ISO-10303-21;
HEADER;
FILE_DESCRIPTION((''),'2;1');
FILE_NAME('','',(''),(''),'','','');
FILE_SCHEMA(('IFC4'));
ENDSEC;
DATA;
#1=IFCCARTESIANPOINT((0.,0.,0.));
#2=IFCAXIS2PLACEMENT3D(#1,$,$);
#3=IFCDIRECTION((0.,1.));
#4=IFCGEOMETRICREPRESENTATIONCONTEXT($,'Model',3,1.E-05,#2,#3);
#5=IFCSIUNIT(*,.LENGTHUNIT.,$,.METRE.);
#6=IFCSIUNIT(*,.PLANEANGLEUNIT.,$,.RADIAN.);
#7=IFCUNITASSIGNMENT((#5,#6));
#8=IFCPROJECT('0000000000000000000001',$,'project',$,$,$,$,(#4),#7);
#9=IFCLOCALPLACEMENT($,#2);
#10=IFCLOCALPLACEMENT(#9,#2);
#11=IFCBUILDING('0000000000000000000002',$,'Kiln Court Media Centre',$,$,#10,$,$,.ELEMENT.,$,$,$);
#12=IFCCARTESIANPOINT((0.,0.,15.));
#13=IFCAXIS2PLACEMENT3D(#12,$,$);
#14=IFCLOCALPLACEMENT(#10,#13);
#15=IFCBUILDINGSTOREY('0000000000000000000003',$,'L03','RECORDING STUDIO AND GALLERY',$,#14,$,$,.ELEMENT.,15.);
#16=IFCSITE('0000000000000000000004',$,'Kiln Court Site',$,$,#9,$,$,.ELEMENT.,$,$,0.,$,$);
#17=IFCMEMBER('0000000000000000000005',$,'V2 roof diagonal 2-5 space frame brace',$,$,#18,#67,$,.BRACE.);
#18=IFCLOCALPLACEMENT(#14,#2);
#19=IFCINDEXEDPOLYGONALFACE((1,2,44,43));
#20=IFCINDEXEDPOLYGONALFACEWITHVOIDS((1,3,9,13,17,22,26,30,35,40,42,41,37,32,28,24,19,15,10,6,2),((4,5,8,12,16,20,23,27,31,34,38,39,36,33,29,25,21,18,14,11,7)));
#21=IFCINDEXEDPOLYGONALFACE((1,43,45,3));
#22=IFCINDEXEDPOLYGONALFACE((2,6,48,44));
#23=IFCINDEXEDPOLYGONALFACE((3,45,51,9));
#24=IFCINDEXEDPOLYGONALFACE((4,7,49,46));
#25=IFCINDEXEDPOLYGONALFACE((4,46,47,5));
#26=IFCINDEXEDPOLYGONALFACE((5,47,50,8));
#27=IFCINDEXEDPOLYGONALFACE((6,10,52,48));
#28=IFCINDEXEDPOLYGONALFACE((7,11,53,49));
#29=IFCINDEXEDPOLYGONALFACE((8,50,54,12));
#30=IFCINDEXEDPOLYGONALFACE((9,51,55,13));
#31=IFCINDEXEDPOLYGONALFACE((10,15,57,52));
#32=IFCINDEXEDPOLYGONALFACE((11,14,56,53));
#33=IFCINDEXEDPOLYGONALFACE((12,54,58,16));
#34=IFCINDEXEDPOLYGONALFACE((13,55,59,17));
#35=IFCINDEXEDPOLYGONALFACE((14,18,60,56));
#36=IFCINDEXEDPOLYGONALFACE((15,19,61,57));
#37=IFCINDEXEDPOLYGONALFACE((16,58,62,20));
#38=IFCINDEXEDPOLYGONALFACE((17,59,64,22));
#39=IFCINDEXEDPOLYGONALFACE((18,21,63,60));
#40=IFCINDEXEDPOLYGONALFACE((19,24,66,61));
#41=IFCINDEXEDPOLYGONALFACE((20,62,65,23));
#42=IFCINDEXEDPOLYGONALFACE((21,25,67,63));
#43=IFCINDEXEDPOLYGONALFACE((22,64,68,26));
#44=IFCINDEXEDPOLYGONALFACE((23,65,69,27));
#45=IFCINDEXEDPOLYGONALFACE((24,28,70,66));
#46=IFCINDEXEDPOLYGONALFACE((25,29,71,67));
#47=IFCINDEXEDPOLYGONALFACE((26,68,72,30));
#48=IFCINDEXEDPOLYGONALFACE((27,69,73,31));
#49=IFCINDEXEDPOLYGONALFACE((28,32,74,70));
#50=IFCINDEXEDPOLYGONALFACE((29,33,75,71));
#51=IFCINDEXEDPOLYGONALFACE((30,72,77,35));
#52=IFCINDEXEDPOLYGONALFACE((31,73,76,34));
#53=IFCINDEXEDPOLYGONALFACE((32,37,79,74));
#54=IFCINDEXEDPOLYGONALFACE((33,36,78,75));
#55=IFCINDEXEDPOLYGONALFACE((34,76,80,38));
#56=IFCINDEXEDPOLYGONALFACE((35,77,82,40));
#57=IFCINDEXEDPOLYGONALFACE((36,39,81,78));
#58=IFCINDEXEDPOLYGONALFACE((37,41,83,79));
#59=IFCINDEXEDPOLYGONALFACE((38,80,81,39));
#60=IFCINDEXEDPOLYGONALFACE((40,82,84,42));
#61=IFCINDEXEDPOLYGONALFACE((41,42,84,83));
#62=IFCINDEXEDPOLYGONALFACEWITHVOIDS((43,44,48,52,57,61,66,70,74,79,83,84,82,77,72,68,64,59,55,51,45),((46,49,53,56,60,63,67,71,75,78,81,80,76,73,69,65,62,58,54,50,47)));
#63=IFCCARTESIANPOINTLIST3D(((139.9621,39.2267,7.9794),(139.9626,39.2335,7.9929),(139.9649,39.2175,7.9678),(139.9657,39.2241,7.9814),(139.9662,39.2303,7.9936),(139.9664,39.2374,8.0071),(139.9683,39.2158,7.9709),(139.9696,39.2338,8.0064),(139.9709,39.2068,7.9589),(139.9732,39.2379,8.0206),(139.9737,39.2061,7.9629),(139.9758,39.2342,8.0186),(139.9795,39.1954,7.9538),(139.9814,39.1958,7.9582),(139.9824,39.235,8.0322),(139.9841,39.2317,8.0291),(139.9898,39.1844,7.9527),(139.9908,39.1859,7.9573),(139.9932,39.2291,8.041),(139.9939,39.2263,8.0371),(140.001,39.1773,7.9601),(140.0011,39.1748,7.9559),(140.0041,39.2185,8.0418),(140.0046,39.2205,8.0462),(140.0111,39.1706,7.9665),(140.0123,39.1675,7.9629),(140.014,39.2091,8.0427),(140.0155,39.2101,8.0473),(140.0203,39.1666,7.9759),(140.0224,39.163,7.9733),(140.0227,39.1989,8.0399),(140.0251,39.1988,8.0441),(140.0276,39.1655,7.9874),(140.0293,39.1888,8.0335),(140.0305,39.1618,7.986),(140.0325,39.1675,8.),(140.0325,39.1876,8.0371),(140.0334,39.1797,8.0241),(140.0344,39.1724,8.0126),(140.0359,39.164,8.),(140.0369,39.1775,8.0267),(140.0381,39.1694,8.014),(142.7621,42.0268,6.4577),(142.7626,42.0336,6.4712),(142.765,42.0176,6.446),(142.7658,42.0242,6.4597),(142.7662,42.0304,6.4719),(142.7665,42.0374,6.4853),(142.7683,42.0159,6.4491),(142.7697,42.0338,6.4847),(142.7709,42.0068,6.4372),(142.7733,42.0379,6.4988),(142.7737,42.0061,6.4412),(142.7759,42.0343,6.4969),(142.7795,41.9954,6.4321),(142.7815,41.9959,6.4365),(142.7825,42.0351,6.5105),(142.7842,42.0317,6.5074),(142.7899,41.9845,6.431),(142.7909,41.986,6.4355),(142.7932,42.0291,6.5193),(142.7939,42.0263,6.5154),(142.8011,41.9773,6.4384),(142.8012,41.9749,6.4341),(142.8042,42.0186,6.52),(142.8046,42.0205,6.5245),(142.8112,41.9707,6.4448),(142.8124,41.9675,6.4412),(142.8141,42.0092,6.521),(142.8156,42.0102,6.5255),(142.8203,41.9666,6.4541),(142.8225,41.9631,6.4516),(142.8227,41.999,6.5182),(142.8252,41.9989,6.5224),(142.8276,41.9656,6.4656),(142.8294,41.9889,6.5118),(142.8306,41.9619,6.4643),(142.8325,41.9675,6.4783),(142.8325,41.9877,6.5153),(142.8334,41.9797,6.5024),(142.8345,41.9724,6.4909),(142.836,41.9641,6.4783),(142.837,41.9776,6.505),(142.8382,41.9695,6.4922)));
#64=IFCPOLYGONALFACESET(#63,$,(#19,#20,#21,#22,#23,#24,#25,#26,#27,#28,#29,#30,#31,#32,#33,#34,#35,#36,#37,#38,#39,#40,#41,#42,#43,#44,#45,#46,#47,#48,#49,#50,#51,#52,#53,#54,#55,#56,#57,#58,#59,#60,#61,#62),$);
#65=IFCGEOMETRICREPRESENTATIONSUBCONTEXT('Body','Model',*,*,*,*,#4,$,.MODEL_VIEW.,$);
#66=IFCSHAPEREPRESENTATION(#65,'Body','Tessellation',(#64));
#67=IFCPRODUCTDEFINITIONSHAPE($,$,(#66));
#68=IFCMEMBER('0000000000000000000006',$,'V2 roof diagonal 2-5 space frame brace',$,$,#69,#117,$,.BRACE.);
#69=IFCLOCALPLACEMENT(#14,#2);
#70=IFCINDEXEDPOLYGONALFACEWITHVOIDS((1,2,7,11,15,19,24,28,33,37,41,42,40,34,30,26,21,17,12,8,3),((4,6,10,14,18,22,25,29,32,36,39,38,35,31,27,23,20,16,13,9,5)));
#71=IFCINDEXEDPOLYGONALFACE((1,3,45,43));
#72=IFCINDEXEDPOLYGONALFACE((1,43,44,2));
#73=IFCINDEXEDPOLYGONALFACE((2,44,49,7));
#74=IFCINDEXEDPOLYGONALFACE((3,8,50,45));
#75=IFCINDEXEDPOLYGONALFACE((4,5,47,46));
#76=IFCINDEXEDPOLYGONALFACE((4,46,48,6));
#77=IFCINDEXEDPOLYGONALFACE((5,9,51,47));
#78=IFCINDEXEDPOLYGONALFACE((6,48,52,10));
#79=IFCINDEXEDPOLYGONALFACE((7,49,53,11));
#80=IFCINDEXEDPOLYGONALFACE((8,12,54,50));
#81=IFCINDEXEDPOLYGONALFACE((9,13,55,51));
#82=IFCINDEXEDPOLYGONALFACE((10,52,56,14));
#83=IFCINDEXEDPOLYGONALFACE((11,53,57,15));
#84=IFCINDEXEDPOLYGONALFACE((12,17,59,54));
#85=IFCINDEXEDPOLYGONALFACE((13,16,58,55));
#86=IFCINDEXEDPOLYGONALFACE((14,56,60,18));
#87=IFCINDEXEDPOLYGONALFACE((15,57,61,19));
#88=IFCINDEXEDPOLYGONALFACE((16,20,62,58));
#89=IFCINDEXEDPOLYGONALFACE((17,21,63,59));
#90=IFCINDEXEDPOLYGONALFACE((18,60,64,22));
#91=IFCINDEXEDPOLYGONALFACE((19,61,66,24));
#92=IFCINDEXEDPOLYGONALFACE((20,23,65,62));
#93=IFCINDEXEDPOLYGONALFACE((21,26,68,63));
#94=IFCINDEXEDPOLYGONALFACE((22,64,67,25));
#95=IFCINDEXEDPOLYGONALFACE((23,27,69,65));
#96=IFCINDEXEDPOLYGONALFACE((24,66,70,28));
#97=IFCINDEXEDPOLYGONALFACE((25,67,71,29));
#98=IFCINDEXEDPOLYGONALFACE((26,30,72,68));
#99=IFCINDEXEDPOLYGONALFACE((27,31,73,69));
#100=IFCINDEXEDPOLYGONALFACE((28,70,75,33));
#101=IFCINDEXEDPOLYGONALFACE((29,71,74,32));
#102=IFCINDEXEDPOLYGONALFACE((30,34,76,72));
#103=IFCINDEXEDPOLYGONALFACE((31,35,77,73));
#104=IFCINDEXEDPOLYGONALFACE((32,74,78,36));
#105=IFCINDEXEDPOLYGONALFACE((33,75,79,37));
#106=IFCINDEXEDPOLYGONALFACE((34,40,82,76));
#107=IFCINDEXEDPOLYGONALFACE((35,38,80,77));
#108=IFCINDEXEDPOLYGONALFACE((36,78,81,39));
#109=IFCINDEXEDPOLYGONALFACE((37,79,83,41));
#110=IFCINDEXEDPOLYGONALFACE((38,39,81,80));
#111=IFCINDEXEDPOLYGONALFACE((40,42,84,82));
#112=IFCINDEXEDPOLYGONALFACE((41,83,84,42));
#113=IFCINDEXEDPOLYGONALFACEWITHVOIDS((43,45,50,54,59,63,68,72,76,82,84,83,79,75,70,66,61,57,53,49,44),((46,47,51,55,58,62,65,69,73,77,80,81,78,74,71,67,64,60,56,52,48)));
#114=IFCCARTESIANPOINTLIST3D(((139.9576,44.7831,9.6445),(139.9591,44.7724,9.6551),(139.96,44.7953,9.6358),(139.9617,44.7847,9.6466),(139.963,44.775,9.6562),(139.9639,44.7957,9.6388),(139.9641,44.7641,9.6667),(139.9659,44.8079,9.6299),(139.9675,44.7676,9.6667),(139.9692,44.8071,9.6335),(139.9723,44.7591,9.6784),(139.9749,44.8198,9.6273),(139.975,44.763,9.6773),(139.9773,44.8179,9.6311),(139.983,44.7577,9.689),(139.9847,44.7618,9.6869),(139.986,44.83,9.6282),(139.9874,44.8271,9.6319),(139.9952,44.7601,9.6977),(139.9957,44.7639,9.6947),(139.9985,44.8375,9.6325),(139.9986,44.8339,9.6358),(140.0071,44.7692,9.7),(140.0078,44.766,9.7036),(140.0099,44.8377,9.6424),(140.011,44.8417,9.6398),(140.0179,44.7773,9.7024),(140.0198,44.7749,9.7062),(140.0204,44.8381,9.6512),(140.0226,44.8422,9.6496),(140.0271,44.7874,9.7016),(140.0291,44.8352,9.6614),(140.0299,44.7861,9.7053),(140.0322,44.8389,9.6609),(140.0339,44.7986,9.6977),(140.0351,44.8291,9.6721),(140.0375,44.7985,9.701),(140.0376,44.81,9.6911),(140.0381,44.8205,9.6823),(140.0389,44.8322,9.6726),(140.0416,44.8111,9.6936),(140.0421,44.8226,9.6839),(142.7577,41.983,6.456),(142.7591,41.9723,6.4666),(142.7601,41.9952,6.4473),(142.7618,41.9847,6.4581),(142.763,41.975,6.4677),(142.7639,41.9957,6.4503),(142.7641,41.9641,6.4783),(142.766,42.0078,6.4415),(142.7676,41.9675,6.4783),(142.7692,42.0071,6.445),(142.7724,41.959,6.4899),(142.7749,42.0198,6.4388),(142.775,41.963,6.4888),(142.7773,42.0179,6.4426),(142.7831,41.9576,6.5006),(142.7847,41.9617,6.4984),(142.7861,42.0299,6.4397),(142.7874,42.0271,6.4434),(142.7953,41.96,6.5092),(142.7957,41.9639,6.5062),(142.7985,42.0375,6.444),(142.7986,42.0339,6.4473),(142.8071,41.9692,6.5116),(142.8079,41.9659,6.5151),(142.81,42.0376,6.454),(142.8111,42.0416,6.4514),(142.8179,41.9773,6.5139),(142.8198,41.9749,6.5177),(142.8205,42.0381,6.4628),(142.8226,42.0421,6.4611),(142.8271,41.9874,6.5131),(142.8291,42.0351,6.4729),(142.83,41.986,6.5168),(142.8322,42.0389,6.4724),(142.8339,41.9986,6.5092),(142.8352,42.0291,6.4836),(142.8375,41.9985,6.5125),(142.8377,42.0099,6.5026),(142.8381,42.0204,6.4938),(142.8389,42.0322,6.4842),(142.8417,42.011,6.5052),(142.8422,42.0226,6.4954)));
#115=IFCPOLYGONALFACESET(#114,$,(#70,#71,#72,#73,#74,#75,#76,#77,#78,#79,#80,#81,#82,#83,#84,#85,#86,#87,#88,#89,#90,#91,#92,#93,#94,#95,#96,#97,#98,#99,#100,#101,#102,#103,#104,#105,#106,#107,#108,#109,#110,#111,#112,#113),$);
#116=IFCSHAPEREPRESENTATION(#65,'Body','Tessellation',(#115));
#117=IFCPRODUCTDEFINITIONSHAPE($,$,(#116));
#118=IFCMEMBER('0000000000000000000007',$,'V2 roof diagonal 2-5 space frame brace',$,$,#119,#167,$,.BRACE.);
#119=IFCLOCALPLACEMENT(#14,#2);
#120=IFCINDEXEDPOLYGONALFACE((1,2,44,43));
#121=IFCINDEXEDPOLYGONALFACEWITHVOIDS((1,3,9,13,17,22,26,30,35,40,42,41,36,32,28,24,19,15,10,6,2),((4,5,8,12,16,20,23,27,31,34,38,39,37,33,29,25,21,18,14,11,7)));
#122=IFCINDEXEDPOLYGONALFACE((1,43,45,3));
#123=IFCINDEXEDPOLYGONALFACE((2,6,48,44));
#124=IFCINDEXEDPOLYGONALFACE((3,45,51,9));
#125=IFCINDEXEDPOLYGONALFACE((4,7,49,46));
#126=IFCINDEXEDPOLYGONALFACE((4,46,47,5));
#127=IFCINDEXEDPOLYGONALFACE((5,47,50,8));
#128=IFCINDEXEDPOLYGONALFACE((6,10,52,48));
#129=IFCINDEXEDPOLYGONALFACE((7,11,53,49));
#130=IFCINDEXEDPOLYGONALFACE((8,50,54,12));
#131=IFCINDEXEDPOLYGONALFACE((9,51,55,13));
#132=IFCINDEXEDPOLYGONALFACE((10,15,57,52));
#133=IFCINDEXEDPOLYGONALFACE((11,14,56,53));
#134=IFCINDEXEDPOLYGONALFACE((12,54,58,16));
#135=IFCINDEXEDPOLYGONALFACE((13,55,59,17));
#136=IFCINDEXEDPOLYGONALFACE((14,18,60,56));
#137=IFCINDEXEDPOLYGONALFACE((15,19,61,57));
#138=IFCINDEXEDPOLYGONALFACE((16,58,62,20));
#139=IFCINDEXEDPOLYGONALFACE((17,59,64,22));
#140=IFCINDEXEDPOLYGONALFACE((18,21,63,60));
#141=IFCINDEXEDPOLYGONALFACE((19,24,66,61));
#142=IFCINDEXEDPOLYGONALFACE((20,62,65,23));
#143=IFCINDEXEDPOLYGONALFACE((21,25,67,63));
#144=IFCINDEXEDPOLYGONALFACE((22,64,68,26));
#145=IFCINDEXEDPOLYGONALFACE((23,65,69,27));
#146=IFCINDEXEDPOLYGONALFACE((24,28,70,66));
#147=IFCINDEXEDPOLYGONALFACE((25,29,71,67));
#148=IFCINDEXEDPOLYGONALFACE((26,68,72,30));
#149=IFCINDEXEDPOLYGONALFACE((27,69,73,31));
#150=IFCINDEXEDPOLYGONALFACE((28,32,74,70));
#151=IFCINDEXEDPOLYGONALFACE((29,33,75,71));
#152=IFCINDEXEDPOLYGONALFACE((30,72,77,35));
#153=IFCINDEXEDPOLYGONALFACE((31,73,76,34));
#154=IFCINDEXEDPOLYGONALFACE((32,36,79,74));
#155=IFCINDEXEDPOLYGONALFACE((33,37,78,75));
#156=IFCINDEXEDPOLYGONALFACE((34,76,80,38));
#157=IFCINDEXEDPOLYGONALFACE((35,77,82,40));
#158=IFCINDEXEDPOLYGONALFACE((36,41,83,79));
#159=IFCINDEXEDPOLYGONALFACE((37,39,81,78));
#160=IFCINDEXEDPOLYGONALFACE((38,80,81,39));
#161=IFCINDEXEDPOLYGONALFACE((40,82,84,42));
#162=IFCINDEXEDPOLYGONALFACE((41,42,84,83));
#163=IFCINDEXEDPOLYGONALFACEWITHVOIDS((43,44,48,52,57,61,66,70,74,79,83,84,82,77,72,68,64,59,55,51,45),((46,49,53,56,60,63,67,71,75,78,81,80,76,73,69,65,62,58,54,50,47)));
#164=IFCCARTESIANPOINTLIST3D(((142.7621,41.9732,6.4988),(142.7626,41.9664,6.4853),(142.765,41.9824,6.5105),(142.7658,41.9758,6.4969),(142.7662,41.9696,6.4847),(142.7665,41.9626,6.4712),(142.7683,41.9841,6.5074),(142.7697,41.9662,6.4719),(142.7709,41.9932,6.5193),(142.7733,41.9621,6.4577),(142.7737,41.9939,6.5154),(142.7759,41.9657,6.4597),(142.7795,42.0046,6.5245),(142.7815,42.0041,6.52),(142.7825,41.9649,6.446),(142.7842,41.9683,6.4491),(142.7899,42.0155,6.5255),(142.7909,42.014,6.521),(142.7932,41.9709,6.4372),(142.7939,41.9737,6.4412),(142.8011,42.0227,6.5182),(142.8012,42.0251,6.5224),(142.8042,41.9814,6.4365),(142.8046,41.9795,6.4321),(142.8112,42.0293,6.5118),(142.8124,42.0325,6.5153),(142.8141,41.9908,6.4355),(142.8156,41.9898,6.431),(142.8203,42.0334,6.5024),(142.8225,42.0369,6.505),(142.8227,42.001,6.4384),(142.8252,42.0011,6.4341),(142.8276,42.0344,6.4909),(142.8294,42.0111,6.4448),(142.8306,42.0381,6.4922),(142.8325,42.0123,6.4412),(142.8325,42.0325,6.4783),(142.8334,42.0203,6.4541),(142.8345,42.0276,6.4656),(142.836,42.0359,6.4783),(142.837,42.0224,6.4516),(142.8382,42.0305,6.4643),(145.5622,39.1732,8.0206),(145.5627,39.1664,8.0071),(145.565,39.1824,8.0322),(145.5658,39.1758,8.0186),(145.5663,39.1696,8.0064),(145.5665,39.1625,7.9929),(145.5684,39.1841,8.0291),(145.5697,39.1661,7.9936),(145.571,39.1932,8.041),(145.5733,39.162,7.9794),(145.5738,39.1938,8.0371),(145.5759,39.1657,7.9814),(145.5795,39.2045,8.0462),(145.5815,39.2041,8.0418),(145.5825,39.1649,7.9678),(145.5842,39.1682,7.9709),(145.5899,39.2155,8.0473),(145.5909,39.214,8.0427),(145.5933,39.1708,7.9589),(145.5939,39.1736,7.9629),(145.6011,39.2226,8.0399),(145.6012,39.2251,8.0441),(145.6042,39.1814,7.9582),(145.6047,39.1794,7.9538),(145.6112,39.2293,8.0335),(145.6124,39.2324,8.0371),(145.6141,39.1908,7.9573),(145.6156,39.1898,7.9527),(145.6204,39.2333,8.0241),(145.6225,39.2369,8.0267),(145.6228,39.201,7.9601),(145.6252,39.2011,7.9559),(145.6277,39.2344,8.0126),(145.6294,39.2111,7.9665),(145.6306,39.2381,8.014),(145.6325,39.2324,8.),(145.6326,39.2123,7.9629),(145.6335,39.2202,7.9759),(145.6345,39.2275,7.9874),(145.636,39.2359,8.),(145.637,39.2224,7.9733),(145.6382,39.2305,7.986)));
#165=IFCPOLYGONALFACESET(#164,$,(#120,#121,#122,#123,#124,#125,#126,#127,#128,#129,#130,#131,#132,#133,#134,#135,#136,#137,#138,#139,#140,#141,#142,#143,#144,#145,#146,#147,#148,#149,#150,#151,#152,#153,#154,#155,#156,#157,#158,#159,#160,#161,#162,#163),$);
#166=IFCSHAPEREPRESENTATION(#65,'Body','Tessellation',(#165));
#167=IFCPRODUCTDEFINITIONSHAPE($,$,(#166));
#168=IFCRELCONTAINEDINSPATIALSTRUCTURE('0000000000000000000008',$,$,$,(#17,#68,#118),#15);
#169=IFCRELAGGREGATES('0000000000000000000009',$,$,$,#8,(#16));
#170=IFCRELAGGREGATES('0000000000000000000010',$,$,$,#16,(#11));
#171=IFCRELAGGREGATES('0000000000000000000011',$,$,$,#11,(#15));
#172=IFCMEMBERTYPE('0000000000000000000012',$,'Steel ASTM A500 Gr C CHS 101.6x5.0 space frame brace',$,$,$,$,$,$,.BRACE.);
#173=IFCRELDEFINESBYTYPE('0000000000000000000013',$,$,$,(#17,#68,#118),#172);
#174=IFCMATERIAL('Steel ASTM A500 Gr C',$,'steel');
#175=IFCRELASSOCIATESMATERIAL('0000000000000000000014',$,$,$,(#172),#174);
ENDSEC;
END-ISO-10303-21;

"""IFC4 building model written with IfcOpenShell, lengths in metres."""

from ifc_helpers import new_model, si_unit, direction, frame, origin, origin_2d, place, context, subcontext, project, spatial, hollow_circle, extrude, material, material_profile, profile_set, type_object, element, save


model = new_model("IFC4")

# Units and contexts
model_context = context("Model", 3, precision=1e-05, world=origin(), true_north=direction((0.0, 1.0)))
body_context = subcontext(model_context, "Body", "Model", "MODEL_VIEW")
ifc_project = project(units=[si_unit("LENGTHUNIT", "METRE"), si_unit("PLANEANGLEUNIT", "RADIAN")], contexts=[model_context])

# Site, building, storey
site_placement = place(None, origin())
site = spatial("IfcSite", under=ifc_project, at=site_placement, Name="Kiln Court Site", CompositionType="ELEMENT", RefElevation=0.0)
building_placement = place(site_placement, origin())
building = spatial("IfcBuilding", under=site, at=building_placement, Name="Kiln Court Media Centre", CompositionType="ELEMENT")
storey_placement = place(building_placement, frame((0.0, 0.0, 15.0)))
storey = spatial("IfcBuildingStorey", under=building, at=storey_placement, Name="L03", Description="RECORDING STUDIO AND GALLERY", CompositionType="ELEMENT", Elevation=15.0)

# Members
ifc_material_1 = material(Name="Steel ASTM A500 Gr C", Category="steel")
ifc_material_profile_1 = material_profile(ifc_material_1, hollow_circle(Radius=0.0508, WallThickness=0.0049, at=origin_2d()), Name="CHS 101.6x5.0")
ifc_profile_set_1 = profile_set([ifc_material_profile_1], Name="Steel ASTM A500 Gr C")
member_type_1 = type_object("IfcMemberType", Name="Steel ASTM A500 Gr C CHS 101.6x5.0 space frame brace", PredefinedType="BRACE", material=ifc_profile_set_1)
member_1_placement = place(storey_placement, frame((142.8, 42.0, 6.4783), z_axis=(-0.660047, -0.660047, 0.358713), x_axis=(0.707107, -0.707107, 0.0)))
element("IfcMember", 1, at=member_1_placement, inside=storey, type_object=member_type_1, Name="V2 roof diagonal 2-5 space frame brace", PredefinedType="BRACE", context=body_context, shape_type="SweptSolid", body=[
    extrude(hollow_circle(Radius=0.0508, WallThickness=0.0049, at=origin_2d()), origin(), (0.0, 0.0, 1.0), 4.2422),
])
member_2_placement = place(storey_placement, frame((142.8, 42.0, 6.4783), z_axis=(-0.550758, 0.550758, 0.627161), x_axis=(-0.707107, -0.707107, 0.0)))
element("IfcMember", 2, at=member_2_placement, inside=storey, type_object=member_type_1, Name="V2 roof diagonal 2-5 space frame brace", PredefinedType="BRACE", context=body_context, shape_type="SweptSolid", body=[
    extrude(hollow_circle(Radius=0.0508, WallThickness=0.0049, at=origin_2d()), origin(), (0.0, 0.0, 1.0), 5.084),
])
member_3_placement = place(storey_placement, frame((142.8, 42.0, 6.4783), z_axis=(0.660047, -0.660047, 0.358713), x_axis=(0.707107, 0.707107, 0.0)))
element("IfcMember", 3, at=member_3_placement, inside=storey, type_object=member_type_1, Name="V2 roof diagonal 2-5 space frame brace", PredefinedType="BRACE", context=body_context, shape_type="SweptSolid", body=[
    extrude(hollow_circle(Radius=0.0508, WallThickness=0.0049, at=origin_2d()), origin(), (0.0, 0.0, 1.0), 4.2422),
])

save(model, "model.ifc")
